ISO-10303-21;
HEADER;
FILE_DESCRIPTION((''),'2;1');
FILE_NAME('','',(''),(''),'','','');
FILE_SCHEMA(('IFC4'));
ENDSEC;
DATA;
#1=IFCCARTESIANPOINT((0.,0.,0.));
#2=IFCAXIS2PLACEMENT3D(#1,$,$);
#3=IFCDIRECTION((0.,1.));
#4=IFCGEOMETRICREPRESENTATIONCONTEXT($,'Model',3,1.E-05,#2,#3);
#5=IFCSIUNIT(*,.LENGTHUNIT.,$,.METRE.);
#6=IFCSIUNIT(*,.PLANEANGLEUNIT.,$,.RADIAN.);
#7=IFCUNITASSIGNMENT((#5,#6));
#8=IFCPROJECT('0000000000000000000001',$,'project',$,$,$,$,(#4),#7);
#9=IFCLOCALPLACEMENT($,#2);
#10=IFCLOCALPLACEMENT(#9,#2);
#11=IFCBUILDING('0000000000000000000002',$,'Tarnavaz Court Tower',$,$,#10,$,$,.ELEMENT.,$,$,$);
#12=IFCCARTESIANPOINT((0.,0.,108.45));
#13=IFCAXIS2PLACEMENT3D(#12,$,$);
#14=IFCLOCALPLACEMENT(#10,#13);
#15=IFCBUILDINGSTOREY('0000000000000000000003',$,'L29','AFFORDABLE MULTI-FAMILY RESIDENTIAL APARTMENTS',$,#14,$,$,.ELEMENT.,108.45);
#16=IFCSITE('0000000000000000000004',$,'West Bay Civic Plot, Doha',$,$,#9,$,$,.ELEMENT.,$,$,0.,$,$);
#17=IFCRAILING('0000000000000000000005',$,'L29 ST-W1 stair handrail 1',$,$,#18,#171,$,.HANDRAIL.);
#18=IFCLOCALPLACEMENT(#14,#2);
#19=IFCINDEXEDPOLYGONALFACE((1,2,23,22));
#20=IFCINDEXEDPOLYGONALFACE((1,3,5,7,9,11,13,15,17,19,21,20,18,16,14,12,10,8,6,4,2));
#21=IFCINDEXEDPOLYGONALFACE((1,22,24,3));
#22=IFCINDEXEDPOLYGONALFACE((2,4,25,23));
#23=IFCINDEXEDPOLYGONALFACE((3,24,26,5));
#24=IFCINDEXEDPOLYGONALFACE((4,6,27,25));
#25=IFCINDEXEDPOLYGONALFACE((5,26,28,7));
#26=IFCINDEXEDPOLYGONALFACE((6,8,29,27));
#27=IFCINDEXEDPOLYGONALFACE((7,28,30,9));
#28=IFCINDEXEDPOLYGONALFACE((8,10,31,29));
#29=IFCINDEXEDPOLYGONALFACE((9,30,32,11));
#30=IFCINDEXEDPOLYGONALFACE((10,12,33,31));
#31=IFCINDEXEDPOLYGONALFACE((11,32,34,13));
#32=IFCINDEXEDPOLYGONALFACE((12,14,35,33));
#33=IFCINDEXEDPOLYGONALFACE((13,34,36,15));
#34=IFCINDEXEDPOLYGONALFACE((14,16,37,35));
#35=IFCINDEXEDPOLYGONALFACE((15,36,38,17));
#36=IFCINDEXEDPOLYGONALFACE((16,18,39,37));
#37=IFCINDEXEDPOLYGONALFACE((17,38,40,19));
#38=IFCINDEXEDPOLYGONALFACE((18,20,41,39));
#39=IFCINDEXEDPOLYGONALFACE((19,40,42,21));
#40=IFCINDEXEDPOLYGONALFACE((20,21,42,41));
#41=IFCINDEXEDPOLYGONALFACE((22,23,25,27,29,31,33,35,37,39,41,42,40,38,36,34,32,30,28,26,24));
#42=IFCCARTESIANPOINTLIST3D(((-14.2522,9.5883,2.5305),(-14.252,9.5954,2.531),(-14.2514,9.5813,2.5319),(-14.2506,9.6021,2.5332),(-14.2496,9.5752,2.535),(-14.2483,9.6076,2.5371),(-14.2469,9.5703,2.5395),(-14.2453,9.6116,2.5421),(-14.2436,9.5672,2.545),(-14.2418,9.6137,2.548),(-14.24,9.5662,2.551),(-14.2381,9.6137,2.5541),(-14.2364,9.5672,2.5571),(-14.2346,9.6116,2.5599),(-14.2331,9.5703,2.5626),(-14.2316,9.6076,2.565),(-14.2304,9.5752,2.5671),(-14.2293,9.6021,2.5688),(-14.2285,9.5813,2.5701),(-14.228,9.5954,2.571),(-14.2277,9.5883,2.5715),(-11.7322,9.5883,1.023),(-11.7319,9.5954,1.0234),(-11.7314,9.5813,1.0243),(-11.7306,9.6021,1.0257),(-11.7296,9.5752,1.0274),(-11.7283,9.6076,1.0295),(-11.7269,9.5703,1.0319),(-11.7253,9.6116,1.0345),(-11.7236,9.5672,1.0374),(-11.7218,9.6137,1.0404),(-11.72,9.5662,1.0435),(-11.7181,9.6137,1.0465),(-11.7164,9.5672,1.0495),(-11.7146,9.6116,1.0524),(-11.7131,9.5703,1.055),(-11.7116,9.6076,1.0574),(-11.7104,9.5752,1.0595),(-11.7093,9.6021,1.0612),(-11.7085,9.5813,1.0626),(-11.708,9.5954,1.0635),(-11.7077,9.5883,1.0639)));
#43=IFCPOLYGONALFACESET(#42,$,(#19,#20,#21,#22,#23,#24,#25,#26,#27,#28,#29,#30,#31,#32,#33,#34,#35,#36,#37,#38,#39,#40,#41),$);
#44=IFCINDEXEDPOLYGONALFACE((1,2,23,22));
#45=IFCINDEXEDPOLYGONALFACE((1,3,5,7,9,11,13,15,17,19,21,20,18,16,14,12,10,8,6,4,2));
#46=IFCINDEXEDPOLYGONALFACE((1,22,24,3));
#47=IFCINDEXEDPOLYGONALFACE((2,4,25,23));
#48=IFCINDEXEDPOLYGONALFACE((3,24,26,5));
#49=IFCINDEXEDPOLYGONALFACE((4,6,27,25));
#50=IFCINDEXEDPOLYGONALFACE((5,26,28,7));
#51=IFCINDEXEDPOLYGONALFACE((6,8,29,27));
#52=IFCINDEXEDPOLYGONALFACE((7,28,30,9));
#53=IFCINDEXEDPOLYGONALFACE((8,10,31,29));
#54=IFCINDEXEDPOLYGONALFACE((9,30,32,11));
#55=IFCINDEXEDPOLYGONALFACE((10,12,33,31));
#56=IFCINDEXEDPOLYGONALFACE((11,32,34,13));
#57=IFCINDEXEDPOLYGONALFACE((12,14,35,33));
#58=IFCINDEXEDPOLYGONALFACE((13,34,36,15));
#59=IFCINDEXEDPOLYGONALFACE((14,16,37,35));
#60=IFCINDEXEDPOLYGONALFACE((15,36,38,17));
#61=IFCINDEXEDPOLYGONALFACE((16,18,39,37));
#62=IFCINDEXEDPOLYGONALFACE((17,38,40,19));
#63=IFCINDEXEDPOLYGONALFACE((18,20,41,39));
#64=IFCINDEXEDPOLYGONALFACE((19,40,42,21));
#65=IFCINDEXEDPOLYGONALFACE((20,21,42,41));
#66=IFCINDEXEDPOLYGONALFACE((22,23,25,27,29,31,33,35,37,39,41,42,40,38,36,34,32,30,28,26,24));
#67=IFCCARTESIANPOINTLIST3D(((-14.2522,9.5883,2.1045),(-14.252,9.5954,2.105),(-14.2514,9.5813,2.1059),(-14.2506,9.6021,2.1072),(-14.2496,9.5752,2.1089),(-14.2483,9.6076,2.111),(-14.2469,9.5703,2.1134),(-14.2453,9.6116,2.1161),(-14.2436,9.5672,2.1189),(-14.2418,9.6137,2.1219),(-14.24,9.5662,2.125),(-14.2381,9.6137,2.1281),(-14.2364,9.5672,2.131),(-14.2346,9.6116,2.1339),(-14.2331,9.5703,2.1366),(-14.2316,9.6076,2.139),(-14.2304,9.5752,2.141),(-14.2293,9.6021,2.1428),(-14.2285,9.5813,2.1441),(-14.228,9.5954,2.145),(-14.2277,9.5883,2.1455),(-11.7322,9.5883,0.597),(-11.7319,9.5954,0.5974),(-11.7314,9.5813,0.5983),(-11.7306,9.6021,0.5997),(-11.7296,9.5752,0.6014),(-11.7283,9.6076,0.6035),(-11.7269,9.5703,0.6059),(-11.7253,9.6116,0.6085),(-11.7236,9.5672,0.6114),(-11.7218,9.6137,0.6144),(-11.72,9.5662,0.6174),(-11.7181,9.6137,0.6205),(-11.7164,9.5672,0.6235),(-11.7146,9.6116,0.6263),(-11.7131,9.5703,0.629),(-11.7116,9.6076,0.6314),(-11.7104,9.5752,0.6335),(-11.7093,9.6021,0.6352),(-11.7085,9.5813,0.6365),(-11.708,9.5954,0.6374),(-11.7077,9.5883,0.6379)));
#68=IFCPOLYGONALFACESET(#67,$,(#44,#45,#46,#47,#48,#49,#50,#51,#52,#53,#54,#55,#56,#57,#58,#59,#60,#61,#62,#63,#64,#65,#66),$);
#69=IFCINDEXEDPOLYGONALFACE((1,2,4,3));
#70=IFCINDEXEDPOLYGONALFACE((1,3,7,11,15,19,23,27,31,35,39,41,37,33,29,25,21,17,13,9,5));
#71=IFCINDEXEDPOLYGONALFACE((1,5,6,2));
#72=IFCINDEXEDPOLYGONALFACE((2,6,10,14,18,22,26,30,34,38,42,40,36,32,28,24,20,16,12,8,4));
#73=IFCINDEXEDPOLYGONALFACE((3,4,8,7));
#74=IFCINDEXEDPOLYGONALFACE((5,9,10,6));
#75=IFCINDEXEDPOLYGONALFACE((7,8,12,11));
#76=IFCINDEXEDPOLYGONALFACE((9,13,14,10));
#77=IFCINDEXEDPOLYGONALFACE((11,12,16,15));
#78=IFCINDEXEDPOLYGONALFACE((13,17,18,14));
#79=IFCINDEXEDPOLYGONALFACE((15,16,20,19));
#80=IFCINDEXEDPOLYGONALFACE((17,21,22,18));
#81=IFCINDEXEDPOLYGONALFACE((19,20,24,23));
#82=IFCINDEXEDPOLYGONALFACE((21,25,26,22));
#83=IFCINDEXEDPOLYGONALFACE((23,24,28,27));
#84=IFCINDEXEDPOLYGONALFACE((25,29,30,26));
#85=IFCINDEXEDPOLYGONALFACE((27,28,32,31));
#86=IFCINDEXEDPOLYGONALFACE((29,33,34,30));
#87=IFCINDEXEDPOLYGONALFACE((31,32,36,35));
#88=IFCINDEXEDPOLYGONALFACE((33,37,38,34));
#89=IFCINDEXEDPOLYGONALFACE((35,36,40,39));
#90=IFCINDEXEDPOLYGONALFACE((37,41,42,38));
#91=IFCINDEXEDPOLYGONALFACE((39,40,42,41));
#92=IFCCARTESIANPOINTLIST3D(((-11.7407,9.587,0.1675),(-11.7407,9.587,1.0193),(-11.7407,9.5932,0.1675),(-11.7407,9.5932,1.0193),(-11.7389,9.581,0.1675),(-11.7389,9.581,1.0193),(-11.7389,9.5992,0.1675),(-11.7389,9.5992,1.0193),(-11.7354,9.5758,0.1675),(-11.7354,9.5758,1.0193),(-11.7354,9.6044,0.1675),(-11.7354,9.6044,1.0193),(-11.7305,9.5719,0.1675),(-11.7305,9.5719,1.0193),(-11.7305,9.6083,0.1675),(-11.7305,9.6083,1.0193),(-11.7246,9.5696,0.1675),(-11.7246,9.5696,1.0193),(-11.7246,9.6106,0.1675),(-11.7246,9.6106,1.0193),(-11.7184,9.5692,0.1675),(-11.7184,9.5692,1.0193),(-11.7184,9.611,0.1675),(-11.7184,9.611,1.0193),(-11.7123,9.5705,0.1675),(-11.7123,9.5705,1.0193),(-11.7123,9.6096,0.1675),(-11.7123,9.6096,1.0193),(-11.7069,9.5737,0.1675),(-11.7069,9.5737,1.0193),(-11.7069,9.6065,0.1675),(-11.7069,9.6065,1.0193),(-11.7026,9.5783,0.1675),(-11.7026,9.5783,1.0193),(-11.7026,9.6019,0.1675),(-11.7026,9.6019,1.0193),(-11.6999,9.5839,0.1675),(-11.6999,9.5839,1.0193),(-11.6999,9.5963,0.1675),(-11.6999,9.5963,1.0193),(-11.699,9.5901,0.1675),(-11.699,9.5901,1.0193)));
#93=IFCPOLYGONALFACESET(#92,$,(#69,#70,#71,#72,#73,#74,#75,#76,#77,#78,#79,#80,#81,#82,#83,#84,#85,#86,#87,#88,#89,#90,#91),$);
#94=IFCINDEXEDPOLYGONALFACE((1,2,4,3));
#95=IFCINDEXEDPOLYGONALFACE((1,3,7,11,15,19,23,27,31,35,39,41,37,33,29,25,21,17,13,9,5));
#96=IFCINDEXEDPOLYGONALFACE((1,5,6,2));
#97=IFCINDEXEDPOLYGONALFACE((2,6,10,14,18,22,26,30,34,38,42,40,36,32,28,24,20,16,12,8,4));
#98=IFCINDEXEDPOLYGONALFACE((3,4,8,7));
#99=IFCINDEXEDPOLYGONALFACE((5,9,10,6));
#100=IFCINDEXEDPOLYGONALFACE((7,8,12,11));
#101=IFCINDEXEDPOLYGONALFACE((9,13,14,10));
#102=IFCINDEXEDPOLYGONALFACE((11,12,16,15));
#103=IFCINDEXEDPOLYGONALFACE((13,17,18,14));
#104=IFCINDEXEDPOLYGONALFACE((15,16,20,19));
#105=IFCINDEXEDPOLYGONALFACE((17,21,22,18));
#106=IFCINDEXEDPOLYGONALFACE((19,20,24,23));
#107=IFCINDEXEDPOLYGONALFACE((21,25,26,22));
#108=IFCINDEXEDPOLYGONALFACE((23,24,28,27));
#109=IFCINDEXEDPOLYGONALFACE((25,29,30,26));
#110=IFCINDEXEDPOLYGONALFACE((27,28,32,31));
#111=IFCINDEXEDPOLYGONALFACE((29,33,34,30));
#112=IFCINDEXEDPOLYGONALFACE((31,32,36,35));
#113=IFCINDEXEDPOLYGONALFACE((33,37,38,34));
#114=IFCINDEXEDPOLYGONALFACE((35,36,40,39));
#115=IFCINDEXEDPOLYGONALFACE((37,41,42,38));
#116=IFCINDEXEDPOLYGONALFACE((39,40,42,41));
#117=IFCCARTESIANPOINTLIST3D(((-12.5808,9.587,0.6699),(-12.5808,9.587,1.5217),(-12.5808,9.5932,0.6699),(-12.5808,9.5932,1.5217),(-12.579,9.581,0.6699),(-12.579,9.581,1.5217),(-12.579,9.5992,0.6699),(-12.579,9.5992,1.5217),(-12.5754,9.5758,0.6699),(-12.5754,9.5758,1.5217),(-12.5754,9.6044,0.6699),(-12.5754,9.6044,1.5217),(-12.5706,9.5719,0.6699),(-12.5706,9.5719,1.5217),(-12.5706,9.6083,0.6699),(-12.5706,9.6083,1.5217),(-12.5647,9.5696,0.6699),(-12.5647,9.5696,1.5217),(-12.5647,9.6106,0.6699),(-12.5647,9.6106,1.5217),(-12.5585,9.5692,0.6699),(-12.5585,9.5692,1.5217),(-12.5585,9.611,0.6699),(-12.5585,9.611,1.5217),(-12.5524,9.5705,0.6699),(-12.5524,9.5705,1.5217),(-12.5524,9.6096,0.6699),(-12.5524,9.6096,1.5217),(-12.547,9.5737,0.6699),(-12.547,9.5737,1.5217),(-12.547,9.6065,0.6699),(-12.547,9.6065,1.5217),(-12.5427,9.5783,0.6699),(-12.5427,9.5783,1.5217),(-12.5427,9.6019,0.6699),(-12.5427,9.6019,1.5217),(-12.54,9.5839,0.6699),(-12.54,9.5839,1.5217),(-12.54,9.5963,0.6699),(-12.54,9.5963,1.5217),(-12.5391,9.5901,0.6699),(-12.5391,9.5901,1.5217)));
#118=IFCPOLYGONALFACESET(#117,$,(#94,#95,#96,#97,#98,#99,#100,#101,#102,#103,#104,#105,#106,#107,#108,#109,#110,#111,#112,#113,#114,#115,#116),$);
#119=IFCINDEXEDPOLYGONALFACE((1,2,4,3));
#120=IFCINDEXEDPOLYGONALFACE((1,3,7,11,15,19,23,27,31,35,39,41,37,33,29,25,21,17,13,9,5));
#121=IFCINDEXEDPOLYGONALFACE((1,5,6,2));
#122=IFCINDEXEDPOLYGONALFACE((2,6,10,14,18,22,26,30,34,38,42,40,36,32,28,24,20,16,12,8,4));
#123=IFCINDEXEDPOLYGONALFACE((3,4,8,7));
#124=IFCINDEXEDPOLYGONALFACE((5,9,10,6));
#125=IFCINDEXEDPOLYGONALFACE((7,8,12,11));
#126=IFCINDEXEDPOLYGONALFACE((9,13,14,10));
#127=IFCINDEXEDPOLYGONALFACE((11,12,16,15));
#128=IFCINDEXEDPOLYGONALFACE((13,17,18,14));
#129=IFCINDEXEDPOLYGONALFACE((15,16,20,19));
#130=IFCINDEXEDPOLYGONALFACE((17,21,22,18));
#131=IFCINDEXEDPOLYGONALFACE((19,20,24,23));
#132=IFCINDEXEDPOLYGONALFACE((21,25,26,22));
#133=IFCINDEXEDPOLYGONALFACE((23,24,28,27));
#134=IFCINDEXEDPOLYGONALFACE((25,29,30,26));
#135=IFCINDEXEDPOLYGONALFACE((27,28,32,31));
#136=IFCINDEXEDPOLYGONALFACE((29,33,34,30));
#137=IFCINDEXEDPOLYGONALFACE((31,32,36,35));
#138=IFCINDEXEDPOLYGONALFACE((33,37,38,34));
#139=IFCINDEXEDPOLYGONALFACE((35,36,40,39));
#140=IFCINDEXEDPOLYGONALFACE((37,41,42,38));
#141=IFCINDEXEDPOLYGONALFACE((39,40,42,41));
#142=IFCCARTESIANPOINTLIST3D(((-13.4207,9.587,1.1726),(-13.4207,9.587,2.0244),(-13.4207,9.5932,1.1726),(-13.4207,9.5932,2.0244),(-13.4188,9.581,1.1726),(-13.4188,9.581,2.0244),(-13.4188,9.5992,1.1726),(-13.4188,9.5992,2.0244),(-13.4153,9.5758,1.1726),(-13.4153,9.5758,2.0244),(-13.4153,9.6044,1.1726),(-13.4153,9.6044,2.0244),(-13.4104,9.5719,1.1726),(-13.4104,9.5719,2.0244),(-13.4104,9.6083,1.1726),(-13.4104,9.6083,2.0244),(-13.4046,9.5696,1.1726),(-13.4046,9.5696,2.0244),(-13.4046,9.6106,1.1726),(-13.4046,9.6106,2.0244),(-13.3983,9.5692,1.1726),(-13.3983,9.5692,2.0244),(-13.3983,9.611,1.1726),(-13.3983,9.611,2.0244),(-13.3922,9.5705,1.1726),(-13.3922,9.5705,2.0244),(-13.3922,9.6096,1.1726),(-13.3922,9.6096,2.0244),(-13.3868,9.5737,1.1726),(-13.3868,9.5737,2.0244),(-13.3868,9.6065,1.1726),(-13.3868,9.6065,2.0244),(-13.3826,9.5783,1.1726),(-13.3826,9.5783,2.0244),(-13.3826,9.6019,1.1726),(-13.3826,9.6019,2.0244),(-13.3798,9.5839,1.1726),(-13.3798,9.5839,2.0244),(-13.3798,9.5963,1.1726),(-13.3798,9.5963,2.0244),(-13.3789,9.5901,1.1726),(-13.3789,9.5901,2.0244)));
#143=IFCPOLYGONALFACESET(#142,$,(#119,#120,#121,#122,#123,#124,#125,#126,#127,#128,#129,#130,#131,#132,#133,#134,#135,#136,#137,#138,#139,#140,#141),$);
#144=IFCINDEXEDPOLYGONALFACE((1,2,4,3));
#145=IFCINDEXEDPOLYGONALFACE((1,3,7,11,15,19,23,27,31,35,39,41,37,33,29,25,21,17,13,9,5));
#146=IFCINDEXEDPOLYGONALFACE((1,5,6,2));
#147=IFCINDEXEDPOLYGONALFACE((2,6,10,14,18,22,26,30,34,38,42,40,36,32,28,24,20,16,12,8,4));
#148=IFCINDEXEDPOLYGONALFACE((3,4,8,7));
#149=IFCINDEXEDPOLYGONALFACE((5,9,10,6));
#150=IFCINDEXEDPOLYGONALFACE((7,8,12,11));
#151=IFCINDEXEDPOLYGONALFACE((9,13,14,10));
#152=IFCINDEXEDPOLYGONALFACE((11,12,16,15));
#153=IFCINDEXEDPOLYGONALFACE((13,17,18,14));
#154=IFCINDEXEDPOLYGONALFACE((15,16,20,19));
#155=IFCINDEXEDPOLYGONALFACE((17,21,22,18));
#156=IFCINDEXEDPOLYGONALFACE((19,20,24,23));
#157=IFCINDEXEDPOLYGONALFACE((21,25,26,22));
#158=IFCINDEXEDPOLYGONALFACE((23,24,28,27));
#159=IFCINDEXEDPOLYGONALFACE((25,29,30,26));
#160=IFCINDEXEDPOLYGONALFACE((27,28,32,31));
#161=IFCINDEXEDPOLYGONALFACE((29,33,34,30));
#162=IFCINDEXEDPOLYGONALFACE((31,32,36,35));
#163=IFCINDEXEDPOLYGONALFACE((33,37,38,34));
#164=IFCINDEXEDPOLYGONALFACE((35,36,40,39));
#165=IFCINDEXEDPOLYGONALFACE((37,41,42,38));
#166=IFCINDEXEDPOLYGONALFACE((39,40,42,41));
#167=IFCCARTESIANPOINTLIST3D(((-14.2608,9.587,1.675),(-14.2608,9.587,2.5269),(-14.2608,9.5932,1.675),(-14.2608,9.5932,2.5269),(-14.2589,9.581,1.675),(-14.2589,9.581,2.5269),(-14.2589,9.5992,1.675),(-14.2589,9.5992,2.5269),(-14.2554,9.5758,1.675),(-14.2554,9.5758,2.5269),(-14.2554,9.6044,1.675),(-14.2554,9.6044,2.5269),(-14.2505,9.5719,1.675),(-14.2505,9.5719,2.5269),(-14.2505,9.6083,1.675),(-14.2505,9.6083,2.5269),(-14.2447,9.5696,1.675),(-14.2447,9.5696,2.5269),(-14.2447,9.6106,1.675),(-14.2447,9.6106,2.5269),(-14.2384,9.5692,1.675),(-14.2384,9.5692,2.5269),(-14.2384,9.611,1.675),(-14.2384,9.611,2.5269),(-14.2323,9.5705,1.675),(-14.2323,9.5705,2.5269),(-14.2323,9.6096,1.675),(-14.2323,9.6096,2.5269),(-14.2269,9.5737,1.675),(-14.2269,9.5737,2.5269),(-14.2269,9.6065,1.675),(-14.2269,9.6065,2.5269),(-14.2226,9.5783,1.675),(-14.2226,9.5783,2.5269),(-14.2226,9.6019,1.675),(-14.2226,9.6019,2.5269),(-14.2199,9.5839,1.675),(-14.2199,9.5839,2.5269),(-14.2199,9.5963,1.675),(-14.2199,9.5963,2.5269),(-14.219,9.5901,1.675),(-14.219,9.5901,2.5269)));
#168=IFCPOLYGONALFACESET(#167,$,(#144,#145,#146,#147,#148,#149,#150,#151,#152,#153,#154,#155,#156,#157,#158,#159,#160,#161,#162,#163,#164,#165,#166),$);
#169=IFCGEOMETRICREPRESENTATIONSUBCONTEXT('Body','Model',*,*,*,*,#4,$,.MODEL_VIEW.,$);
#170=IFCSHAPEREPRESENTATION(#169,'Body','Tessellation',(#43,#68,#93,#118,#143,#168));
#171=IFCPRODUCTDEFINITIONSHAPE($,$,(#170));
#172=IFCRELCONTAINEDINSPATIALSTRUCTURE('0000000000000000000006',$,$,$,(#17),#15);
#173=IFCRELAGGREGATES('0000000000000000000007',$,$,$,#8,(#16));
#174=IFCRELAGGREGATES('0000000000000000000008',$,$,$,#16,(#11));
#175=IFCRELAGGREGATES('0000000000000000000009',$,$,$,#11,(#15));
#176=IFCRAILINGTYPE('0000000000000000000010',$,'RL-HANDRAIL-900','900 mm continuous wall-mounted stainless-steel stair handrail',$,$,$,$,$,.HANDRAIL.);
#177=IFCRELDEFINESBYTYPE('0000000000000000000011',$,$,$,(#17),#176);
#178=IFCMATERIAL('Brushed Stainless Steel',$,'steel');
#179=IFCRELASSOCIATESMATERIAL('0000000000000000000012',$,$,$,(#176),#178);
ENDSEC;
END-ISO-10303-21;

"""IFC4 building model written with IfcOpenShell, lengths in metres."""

from ifc_helpers import new_model, si_unit, direction, frame, origin, origin_2d, place, context, subcontext, project, spatial, circle, extrude, material, type_object, element, save


model = new_model("IFC4")

# Units and contexts
model_context = context("Model", 3, precision=1e-05, world=origin(), true_north=direction((0.0, 1.0)))
body_context = subcontext(model_context, "Body", "Model", "MODEL_VIEW")
ifc_project = project(units=[si_unit("LENGTHUNIT", "METRE"), si_unit("PLANEANGLEUNIT", "RADIAN")], contexts=[model_context])

# Site, building, storey
site_placement = place(None, origin())
site = spatial("IfcSite", under=ifc_project, at=site_placement, Name="West Bay Civic Plot, Doha", CompositionType="ELEMENT", RefElevation=0.0)
building_placement = place(site_placement, origin())
building = spatial("IfcBuilding", under=site, at=building_placement, Name="Tarnavaz Court Tower", CompositionType="ELEMENT")
storey_placement = place(building_placement, frame((0.0, 0.0, 108.45)))
storey = spatial("IfcBuildingStorey", under=building, at=storey_placement, Name="L29", Description="AFFORDABLE MULTI-FAMILY RESIDENTIAL APARTMENTS", CompositionType="ELEMENT", Elevation=108.45)

# Railing
ifc_material_1 = material(Name="Brushed Stainless Steel", Category="steel")
railing_type_1 = type_object("IfcRailingType", Name="RL-HANDRAIL-900", Description="900 mm continuous wall-mounted stainless-steel stair handrail", PredefinedType="HANDRAIL", material=ifc_material_1)
railing_1_placement = place(storey_placement, frame((-11.72, 9.5901, 0.1675)))
element("IfcRailing", 1, at=railing_1_placement, inside=storey, type_object=railing_type_1, Name="L29 ST-W1 stair handrail 1", PredefinedType="HANDRAIL", context=body_context, shape_type="SweptSolid", body=[
    extrude(circle(Radius=0.0239, at=origin_2d()), frame((0.0, 0.0, 0.876), z_axis=(-0.85816, 0.0, 0.513383), x_axis=(0.0, -1.0, 0.0)), (0.0, 0.0, 1.0), 2.9365),
    extrude(circle(Radius=0.0239, at=origin_2d()), frame((0.0, 0.0, 0.45), z_axis=(-0.85816, 0.0, 0.513383), x_axis=(0.0, -1.0, 0.0)), (0.0, 0.0, 1.0), 2.9365),
    extrude(circle(Radius=0.021, at=origin_2d()), origin(), (0.0, 0.0, 1.0), 0.8518),
    extrude(circle(Radius=0.021, at=origin_2d()), frame((-0.8401, 0.0, 0.5024)), (0.0, 0.0, 1.0), 0.8518),
    extrude(circle(Radius=0.021, at=origin_2d()), frame((-1.6799, 0.0, 1.0051)), (0.0, 0.0, 1.0), 0.8518),
    extrude(circle(Radius=0.021, at=origin_2d()), frame((-2.52, 0.0, 1.5076)), (0.0, 0.0, 1.0), 0.8518),
])

save(model, "model.ifc")
